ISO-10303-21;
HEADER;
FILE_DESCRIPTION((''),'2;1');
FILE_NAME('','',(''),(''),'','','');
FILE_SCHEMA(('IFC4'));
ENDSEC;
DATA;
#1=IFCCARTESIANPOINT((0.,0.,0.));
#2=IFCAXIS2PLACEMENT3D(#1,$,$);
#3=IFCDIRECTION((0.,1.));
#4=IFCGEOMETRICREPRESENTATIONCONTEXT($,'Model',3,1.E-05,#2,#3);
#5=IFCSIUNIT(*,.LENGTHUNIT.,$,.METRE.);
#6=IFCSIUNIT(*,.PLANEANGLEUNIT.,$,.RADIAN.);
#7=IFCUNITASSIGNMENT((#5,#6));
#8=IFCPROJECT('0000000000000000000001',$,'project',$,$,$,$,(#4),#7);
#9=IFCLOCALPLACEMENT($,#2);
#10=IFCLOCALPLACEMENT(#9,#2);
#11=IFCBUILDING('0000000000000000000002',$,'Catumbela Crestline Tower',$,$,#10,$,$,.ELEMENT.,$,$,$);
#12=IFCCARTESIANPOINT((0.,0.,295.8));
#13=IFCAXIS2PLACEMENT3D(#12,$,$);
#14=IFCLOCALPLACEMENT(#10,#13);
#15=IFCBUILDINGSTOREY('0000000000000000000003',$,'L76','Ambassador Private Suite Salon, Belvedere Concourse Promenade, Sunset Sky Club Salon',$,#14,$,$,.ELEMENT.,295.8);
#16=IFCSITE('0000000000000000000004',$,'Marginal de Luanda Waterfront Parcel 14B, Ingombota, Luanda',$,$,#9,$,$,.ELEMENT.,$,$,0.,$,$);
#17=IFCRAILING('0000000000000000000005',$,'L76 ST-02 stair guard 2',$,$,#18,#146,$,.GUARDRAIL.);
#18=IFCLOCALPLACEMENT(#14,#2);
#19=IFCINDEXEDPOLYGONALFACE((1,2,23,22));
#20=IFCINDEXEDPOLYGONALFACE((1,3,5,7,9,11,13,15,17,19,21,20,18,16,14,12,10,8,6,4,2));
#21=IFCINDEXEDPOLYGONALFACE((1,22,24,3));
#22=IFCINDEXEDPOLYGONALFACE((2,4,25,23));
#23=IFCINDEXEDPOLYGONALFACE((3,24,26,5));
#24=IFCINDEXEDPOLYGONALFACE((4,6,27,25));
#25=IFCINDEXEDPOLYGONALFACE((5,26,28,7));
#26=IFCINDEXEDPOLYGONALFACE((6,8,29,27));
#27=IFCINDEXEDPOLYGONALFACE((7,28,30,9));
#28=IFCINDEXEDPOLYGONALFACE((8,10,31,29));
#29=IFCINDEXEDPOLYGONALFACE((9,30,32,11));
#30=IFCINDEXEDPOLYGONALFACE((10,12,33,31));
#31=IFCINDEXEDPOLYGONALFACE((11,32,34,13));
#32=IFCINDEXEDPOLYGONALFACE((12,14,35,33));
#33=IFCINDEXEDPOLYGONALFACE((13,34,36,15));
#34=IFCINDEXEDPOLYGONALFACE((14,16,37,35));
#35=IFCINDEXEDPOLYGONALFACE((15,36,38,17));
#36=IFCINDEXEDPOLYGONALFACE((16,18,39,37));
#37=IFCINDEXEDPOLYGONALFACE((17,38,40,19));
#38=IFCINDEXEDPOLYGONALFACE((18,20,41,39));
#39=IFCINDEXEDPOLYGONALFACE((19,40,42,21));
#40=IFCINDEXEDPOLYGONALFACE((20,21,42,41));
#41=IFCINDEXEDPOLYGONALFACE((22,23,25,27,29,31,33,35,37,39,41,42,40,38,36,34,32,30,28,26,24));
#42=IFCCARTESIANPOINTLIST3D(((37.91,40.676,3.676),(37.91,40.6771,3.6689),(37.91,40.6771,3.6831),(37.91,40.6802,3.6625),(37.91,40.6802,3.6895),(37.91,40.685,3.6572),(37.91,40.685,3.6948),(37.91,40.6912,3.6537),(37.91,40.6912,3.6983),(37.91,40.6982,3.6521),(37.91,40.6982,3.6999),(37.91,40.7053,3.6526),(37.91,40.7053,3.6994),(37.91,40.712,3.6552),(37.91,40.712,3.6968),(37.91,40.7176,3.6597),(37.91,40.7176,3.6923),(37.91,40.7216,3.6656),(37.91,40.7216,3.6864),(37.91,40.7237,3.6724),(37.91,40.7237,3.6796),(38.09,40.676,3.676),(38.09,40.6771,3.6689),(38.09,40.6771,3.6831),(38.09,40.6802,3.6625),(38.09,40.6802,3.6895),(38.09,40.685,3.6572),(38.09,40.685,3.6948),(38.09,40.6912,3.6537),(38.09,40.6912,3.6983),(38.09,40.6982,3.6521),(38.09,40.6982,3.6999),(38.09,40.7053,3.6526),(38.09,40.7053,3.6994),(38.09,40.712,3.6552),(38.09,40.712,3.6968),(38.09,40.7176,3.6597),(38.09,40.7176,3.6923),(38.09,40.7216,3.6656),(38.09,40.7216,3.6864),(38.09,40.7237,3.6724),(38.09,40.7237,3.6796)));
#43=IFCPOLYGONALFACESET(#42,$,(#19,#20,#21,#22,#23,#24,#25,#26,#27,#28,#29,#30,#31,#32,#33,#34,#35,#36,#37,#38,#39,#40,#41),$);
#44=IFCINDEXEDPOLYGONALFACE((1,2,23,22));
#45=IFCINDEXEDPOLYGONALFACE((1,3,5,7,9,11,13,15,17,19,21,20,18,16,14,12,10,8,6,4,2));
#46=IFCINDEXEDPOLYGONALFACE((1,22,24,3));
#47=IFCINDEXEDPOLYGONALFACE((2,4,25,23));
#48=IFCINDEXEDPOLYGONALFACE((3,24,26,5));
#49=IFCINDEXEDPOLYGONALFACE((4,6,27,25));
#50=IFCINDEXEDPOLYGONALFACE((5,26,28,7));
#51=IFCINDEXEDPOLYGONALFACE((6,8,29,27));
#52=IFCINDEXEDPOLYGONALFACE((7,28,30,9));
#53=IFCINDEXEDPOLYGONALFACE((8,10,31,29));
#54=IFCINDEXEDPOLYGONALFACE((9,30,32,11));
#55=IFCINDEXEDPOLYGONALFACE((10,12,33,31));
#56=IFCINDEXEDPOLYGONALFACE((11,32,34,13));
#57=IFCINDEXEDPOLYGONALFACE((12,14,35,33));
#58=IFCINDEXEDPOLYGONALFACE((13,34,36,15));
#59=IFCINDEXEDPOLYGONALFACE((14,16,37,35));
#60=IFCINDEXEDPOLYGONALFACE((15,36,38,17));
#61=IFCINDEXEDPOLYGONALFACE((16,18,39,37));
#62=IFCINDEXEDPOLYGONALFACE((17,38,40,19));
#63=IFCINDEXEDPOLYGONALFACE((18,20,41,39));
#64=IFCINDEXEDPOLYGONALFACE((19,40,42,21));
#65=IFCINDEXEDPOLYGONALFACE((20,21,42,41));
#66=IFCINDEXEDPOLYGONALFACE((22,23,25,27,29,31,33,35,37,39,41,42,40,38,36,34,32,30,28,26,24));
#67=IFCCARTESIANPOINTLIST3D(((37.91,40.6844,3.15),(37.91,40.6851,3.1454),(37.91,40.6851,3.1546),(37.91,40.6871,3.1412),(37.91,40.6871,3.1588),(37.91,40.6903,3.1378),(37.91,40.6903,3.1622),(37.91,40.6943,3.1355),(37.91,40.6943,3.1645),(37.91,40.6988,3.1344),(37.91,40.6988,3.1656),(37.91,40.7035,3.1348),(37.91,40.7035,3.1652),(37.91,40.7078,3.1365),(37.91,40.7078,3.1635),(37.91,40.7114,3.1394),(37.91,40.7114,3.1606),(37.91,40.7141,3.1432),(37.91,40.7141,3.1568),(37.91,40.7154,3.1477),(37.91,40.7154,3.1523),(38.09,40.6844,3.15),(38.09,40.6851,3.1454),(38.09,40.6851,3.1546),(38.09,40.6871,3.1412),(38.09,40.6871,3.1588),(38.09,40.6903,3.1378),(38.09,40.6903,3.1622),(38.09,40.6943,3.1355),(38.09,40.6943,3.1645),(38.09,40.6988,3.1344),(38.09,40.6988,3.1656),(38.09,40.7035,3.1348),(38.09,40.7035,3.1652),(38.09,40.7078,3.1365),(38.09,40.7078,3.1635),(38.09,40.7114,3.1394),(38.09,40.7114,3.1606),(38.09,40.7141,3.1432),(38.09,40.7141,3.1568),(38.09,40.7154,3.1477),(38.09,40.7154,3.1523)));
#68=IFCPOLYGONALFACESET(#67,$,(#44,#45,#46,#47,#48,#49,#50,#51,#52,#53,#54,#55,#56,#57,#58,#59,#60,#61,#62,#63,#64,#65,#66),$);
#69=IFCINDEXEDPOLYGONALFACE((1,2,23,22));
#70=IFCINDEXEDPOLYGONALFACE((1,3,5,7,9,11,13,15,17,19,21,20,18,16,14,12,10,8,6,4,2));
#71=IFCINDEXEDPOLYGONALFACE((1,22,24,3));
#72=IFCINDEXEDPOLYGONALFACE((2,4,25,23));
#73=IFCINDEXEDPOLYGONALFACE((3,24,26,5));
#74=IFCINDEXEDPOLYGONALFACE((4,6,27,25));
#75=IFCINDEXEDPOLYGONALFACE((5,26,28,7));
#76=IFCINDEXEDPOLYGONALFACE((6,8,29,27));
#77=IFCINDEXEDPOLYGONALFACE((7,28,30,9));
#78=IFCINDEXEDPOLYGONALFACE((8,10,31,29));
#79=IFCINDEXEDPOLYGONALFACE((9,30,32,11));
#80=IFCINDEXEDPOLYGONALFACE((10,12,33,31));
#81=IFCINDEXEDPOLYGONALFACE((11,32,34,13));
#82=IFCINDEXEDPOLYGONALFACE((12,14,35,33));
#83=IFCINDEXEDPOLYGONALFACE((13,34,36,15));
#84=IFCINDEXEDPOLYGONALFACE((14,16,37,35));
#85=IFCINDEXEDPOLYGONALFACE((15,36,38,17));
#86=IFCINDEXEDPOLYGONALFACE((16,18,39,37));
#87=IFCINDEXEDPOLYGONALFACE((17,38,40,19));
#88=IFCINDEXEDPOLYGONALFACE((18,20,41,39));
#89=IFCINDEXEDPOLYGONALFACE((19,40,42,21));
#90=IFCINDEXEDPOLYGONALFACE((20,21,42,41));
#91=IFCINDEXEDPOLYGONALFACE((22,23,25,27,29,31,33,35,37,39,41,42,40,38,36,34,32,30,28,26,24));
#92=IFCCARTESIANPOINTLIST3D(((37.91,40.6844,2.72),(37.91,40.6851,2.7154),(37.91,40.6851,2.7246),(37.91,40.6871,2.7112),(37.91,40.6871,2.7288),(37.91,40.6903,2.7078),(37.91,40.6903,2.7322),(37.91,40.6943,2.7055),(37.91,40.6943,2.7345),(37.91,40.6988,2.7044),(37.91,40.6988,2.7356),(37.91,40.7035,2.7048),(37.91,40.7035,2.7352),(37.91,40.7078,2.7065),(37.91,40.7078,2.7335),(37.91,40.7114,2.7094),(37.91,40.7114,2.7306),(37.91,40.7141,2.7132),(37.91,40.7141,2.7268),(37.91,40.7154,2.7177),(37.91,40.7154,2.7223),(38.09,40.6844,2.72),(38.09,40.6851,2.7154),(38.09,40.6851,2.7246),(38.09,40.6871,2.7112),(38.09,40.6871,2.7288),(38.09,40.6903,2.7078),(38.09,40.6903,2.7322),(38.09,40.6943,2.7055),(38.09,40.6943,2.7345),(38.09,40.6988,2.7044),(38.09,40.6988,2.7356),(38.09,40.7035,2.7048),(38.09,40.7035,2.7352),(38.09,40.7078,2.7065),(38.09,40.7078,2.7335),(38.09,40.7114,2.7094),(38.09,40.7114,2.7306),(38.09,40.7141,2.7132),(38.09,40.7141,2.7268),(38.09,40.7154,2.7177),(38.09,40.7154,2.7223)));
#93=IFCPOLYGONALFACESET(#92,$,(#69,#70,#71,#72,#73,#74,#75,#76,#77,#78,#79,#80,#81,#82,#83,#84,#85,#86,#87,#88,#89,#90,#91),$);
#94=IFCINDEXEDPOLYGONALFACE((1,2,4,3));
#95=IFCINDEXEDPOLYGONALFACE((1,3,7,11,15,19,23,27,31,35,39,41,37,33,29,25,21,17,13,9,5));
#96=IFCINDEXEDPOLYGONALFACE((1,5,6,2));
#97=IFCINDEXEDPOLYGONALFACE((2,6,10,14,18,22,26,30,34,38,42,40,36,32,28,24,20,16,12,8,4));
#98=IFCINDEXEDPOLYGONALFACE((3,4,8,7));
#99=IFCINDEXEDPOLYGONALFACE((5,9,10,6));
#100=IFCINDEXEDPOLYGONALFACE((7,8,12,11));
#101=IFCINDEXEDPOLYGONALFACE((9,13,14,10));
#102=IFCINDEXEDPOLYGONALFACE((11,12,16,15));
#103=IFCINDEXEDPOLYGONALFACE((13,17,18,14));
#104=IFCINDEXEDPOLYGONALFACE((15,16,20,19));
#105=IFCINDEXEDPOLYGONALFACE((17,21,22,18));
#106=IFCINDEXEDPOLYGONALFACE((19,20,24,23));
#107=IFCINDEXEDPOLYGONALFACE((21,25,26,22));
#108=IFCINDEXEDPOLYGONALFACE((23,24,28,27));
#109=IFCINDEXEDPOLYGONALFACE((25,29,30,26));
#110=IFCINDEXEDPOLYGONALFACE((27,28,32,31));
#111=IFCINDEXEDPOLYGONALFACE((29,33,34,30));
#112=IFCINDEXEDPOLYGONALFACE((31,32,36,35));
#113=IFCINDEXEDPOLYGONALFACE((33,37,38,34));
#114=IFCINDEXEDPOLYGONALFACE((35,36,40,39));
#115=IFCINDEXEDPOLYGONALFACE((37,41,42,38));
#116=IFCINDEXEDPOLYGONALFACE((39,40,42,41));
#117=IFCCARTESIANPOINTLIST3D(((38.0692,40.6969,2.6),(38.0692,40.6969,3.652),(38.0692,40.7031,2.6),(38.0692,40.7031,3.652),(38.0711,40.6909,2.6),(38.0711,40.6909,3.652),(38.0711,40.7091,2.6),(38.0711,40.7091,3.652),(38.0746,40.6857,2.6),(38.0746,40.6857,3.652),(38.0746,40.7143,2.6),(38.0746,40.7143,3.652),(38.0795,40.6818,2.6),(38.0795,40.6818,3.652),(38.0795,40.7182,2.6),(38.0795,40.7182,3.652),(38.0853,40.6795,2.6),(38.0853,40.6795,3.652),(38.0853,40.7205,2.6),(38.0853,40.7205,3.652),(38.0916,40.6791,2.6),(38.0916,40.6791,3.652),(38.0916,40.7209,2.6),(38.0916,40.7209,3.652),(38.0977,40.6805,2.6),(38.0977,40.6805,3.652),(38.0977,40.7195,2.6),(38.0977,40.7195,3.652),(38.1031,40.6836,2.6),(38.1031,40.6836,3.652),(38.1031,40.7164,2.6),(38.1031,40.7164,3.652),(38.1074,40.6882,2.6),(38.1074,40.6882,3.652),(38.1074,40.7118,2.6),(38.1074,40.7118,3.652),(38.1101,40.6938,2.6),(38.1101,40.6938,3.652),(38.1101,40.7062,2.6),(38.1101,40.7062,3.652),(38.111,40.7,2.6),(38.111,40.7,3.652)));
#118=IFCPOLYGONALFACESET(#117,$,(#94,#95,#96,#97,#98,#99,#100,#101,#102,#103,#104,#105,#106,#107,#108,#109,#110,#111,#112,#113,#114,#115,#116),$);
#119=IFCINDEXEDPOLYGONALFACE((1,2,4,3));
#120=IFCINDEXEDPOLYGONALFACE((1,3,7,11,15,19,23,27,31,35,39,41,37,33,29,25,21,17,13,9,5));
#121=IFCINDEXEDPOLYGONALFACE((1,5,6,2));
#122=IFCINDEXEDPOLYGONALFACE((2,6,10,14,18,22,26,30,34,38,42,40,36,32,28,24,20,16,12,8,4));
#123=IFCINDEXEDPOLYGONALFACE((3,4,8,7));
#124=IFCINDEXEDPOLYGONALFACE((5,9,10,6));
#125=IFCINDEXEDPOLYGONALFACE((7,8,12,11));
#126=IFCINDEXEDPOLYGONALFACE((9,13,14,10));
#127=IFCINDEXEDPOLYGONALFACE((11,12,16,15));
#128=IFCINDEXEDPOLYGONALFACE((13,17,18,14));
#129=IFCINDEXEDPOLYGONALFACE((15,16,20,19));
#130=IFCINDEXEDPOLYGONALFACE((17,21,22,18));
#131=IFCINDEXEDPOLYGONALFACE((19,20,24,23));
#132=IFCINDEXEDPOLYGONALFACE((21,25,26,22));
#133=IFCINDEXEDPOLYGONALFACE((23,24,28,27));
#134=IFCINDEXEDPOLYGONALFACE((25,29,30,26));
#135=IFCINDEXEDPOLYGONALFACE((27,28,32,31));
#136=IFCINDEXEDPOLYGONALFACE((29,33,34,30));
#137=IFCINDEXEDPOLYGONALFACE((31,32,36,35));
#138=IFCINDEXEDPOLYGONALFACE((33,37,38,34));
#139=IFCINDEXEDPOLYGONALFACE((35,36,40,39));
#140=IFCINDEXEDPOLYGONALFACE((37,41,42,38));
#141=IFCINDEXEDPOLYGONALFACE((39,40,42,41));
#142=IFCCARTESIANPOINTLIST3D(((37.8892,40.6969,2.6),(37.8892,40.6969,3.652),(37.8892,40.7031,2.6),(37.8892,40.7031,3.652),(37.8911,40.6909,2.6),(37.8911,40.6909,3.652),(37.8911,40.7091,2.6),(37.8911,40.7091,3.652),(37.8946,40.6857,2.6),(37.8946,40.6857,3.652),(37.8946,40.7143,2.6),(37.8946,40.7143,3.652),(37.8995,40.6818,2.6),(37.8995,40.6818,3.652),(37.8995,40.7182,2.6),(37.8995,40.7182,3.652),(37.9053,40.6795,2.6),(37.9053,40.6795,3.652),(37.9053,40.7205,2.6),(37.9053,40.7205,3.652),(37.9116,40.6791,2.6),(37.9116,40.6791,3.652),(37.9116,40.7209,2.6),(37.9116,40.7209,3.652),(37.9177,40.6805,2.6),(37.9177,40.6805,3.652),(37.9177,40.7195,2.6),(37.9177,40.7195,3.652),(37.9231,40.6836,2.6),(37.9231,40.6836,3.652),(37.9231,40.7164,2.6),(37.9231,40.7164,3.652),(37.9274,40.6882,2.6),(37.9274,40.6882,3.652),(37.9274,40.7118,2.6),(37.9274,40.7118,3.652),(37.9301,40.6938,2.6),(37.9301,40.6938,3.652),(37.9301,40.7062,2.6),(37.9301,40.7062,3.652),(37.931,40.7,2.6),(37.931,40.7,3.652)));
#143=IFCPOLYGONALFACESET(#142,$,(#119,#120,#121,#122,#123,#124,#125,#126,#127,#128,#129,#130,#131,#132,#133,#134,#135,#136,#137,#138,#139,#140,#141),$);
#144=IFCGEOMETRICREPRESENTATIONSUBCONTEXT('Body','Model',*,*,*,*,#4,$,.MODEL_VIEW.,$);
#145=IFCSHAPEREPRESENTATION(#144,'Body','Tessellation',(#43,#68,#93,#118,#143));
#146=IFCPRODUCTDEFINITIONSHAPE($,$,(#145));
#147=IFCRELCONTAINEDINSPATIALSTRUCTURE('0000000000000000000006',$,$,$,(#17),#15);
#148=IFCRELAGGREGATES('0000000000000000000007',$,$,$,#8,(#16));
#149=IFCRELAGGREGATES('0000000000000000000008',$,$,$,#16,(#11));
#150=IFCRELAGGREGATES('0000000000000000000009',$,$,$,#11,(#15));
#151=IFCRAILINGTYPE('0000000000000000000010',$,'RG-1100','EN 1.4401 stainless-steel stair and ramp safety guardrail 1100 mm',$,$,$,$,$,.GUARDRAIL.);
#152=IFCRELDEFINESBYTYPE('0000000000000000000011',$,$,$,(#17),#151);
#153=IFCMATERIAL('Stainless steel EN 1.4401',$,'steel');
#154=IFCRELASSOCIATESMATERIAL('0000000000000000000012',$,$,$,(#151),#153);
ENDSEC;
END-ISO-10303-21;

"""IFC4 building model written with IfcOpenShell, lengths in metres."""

from ifc_helpers import new_model, si_unit, direction, frame, origin, origin_2d, place, context, subcontext, project, spatial, circle, extrude, material, type_object, element, save


model = new_model("IFC4")

# Units and contexts
model_context = context("Model", 3, precision=1e-05, world=origin(), true_north=direction((0.0, 1.0)))
body_context = subcontext(model_context, "Body", "Model", "MODEL_VIEW")
ifc_project = project(units=[si_unit("LENGTHUNIT", "METRE"), si_unit("PLANEANGLEUNIT", "RADIAN")], contexts=[model_context])

# Site, building, storey
site_placement = place(None, origin())
site = spatial("IfcSite", under=ifc_project, at=site_placement, Name="Marginal de Luanda Waterfront Parcel 14B, Ingombota, Luanda", CompositionType="ELEMENT", RefElevation=0.0)
building_placement = place(site_placement, origin())
building = spatial("IfcBuilding", under=site, at=building_placement, Name="Catumbela Crestline Tower", CompositionType="ELEMENT")
storey_placement = place(building_placement, frame((0.0, 0.0, 295.8)))
storey = spatial("IfcBuildingStorey", under=building, at=storey_placement, Name="L76", Description="Ambassador Private Suite Salon, Belvedere Concourse Promenade, Sunset Sky Club Salon", CompositionType="ELEMENT", Elevation=295.8)

# Railing
ifc_material_1 = material(Name="Stainless steel EN 1.4401", Category="steel")
railing_type_1 = type_object("IfcRailingType", Name="RG-1100", Description="EN 1.4401 stainless-steel stair and ramp safety guardrail 1100 mm", PredefinedType="GUARDRAIL", material=ifc_material_1)
railing_1_placement = place(storey_placement, frame((38.09, 40.7, 2.6)))
element("IfcRailing", 1, at=railing_1_placement, inside=storey, type_object=railing_type_1, Name="L76 ST-02 stair guard 2", PredefinedType="GUARDRAIL", context=body_context, shape_type="SweptSolid", body=[
    extrude(circle(Radius=0.024, at=origin_2d()), frame((0.0, 0.0, 1.076), z_axis=(-1.0, 0.0, 0.0), x_axis=(0.0, -1.0, 0.0)), (0.0, 0.0, 1.0), 0.18),
    extrude(circle(Radius=0.0156, at=origin_2d()), frame((0.0, 0.0, 0.55), z_axis=(-1.0, 0.0, 0.0), x_axis=(0.0, -1.0, 0.0)), (0.0, 0.0, 1.0), 0.18),
    extrude(circle(Radius=0.0156, at=origin_2d()), frame((0.0, 0.0, 0.12), z_axis=(-1.0, 0.0, 0.0), x_axis=(0.0, -1.0, 0.0)), (0.0, 0.0, 1.0), 0.18),
    extrude(circle(Radius=0.021, at=origin_2d()), origin(), (0.0, 0.0, 1.0), 1.052),
    extrude(circle(Radius=0.021, at=origin_2d()), frame((-0.18, 0.0, 0.0)), (0.0, 0.0, 1.0), 1.052),
])

save(model, "model.ifc")
